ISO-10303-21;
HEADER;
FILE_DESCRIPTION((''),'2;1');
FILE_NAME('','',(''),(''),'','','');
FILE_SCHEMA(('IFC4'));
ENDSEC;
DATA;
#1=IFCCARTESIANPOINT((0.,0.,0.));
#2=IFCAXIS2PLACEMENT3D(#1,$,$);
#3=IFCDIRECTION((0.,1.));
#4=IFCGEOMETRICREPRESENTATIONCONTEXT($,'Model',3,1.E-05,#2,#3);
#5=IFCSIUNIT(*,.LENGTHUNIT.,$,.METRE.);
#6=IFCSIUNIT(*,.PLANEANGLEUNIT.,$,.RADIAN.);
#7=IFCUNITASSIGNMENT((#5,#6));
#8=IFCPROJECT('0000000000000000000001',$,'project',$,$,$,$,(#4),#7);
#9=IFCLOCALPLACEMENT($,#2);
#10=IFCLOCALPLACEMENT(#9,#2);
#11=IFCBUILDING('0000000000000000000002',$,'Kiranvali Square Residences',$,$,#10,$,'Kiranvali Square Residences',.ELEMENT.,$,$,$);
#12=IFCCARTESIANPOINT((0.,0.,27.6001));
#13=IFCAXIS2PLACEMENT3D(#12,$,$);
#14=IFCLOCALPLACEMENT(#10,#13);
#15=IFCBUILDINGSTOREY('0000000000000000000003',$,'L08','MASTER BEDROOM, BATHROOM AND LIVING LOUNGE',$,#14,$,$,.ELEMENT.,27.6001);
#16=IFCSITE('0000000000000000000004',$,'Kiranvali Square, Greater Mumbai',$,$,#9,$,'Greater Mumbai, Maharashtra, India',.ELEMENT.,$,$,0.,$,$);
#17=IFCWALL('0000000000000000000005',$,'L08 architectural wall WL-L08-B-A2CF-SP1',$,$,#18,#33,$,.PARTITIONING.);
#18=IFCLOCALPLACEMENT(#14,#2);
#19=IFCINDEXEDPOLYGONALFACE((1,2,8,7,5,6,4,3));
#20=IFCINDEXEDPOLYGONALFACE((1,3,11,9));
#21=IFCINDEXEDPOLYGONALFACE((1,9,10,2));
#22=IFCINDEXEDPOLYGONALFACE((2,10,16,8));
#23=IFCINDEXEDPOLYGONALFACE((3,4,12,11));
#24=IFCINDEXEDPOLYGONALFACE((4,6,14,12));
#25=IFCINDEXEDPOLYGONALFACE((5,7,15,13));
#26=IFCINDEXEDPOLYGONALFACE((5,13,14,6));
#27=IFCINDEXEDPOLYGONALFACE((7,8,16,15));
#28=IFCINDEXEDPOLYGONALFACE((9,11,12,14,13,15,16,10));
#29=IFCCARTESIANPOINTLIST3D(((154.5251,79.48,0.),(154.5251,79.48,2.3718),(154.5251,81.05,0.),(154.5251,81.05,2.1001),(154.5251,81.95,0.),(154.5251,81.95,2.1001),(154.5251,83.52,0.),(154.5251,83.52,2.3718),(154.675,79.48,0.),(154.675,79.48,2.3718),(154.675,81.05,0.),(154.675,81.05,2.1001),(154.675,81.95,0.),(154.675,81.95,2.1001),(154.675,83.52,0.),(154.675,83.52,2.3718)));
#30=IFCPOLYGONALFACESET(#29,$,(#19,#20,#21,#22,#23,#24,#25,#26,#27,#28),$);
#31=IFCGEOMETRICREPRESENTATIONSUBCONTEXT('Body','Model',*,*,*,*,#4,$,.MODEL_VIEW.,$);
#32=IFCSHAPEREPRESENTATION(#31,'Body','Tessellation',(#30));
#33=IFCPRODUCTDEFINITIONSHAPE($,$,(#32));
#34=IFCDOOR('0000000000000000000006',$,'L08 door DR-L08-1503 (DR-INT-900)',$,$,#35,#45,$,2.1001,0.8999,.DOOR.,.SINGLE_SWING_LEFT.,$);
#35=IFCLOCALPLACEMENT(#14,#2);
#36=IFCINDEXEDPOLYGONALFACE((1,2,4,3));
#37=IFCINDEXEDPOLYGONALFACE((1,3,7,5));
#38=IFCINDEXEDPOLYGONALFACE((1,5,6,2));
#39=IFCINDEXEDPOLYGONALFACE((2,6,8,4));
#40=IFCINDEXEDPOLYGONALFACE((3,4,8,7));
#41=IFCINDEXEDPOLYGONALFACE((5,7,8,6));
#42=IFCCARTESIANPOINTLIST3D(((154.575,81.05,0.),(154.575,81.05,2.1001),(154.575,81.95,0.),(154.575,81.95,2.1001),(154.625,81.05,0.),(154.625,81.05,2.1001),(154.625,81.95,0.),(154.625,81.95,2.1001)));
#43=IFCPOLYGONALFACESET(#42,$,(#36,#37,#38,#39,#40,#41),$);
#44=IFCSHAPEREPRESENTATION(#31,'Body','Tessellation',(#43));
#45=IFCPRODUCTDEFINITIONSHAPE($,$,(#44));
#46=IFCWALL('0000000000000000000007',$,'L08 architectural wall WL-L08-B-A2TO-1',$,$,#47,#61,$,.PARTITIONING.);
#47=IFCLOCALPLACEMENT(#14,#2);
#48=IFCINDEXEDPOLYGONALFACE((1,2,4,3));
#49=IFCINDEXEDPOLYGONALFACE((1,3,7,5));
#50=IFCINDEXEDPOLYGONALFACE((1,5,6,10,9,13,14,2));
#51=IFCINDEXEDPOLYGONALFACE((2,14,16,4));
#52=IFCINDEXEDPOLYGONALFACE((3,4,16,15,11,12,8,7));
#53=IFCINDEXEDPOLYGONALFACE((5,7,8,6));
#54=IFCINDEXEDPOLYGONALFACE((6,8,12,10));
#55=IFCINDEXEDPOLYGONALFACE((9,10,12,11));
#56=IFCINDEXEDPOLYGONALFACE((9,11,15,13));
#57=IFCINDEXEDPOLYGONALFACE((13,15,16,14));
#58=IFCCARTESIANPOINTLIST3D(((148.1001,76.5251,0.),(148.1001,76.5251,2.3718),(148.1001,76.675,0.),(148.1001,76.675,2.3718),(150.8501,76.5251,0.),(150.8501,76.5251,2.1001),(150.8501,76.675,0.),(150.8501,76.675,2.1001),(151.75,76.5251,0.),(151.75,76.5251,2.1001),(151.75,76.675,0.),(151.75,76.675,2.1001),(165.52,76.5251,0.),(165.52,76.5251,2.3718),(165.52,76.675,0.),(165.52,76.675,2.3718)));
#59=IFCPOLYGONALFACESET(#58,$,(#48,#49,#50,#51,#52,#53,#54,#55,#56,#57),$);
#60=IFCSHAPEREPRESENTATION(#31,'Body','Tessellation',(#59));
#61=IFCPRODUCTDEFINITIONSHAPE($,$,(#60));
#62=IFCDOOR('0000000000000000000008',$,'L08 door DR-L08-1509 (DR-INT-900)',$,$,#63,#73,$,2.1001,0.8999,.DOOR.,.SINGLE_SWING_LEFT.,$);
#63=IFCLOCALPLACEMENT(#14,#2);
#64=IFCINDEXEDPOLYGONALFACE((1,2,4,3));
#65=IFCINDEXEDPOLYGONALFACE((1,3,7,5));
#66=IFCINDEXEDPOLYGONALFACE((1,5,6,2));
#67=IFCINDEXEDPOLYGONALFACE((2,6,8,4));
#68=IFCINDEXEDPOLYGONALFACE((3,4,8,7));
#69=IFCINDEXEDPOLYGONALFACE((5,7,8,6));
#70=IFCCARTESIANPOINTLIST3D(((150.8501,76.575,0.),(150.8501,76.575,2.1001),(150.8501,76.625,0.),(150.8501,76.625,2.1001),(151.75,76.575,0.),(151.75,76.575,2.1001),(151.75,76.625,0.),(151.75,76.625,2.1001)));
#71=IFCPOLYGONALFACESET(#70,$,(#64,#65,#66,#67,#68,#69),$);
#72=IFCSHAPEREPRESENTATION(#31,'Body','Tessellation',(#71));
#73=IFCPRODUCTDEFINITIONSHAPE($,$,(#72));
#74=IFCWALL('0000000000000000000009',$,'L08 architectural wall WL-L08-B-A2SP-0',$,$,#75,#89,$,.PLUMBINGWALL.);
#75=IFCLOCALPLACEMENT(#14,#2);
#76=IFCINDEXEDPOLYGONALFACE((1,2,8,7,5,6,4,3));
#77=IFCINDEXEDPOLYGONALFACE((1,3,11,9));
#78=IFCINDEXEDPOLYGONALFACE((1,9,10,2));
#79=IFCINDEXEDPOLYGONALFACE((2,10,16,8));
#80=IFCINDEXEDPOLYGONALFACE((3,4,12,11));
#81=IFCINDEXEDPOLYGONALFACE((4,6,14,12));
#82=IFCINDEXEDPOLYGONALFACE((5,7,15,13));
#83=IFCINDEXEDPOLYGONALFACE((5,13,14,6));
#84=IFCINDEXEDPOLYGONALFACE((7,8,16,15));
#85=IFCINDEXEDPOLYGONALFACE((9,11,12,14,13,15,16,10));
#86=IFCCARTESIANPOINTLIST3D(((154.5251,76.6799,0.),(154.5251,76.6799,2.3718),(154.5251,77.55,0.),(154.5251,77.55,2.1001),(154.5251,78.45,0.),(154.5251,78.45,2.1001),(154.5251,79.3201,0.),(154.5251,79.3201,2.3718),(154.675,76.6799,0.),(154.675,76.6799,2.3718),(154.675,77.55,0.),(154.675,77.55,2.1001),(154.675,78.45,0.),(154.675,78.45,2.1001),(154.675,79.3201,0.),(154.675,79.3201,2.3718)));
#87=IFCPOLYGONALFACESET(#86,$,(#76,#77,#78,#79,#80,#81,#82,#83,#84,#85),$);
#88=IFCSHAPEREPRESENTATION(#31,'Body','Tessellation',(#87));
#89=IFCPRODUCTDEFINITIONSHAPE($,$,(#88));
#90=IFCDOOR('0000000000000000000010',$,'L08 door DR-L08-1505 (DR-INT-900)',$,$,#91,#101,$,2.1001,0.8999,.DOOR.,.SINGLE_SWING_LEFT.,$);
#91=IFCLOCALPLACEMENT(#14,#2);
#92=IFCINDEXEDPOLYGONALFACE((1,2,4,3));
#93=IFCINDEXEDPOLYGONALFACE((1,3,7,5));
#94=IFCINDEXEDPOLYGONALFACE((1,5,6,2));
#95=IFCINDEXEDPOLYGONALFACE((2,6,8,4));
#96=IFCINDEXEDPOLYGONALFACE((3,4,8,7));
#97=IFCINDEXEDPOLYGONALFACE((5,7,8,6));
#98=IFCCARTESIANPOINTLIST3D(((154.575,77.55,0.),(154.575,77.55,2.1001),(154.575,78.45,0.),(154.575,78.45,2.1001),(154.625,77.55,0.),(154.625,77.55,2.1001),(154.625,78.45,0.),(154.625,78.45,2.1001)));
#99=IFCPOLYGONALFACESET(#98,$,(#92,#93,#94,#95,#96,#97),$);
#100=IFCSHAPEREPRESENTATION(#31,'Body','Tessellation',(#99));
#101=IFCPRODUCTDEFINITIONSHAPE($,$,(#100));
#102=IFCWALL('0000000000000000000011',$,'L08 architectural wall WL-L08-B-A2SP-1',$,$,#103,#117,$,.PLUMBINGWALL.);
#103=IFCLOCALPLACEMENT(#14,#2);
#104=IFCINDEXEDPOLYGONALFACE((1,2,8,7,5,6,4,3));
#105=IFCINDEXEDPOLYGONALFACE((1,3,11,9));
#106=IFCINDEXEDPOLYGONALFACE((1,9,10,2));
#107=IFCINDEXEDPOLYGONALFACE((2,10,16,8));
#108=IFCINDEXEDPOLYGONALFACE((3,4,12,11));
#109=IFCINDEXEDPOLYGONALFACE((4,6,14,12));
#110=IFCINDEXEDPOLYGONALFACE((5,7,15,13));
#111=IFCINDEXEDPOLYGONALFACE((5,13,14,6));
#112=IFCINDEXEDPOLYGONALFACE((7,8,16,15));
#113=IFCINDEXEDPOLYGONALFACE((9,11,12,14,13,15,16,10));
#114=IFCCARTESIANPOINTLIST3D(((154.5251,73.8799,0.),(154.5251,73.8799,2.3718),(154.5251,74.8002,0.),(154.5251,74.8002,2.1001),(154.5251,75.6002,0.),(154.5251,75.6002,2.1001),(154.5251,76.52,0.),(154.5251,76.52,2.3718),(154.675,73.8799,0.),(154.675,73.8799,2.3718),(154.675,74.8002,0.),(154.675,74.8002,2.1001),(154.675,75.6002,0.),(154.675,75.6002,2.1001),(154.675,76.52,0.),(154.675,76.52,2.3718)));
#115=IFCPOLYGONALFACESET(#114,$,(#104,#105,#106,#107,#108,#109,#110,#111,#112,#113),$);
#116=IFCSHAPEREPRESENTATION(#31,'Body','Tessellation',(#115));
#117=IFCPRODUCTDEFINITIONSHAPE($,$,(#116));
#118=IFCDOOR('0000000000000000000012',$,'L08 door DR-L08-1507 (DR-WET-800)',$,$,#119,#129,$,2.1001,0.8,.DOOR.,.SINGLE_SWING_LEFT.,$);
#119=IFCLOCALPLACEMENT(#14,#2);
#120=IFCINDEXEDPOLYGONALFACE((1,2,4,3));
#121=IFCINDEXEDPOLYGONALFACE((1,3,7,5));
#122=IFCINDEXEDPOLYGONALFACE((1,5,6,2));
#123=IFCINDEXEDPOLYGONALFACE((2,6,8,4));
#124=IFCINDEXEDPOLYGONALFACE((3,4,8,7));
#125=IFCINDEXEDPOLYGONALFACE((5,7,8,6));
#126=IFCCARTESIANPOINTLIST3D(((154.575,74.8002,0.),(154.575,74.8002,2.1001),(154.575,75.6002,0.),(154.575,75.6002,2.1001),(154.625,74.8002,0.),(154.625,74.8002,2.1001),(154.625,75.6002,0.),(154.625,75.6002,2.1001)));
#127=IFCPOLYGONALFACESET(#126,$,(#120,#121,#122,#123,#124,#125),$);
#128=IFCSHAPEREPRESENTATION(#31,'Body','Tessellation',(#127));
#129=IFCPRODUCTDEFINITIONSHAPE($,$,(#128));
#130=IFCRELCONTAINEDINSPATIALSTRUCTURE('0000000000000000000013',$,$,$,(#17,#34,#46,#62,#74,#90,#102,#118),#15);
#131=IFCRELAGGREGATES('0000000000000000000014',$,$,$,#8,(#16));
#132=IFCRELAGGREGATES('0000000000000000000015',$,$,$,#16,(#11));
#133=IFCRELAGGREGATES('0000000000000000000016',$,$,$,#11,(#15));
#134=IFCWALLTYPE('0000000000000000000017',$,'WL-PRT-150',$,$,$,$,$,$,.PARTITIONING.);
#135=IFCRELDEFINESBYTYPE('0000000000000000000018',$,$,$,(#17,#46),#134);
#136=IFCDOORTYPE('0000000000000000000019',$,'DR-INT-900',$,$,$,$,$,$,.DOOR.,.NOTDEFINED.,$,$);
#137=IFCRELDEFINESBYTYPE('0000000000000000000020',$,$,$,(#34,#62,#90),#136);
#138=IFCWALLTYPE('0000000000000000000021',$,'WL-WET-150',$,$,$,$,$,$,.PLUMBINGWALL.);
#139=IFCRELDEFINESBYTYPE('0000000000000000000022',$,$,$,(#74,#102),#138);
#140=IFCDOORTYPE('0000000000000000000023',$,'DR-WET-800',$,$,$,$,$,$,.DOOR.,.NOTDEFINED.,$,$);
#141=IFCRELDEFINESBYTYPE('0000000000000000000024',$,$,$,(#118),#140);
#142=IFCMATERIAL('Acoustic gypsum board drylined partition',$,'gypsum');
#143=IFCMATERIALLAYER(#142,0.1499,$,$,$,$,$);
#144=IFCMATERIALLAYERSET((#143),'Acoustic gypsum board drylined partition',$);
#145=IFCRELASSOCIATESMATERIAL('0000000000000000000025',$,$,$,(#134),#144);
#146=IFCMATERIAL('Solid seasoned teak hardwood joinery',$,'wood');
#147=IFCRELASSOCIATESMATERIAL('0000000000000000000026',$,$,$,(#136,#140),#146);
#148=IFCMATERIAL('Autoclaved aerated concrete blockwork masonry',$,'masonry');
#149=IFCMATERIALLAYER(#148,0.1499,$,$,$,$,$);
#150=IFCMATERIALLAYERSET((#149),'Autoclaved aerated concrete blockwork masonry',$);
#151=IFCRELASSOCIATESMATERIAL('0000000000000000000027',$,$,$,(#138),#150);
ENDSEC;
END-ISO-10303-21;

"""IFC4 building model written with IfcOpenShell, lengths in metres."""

from ifc_helpers import new_model, si_unit, direction, frame, frame_2d, origin, place, context, subcontext, project, spatial, rectangle, extrude, material, layer, layer_set, type_object, element, fill, save


model = new_model("IFC4")

# Units and contexts
model_context = context("Model", 3, precision=1e-05, world=origin(), true_north=direction((0.0, 1.0)))
body_context = subcontext(model_context, "Body", "Model", "MODEL_VIEW")
ifc_project = project(units=[si_unit("LENGTHUNIT", "METRE"), si_unit("PLANEANGLEUNIT", "RADIAN")], contexts=[model_context])

# Site, building, storey
site_placement = place(None, origin())
site = spatial("IfcSite", under=ifc_project, at=site_placement, Name="Kiranvali Square, Greater Mumbai", LongName="Greater Mumbai, Maharashtra, India", CompositionType="ELEMENT", RefElevation=0.0)
building_placement = place(site_placement, origin())
building = spatial("IfcBuilding", under=site, at=building_placement, Name="Kiranvali Square Residences", LongName="Kiranvali Square Residences", CompositionType="ELEMENT")
storey_placement = place(building_placement, frame((0.0, 0.0, 27.6001)))
storey = spatial("IfcBuildingStorey", under=building, at=storey_placement, Name="L08", Description="MASTER BEDROOM, BATHROOM AND LIVING LOUNGE", CompositionType="ELEMENT", Elevation=27.6001)

# Shared definitions
ifc_material_1 = material(Name="Autoclaved aerated concrete blockwork masonry", Category="masonry")

# Walls, openings, doors
ifc_material_2 = material(Name="Acoustic gypsum board drylined partition", Category="gypsum")
ifc_layer_1 = layer(ifc_material_2, 0.1499)
ifc_layer_set_1 = layer_set([ifc_layer_1], Name="Acoustic gypsum board drylined partition")
wall_type_1 = type_object("IfcWallType", Name="WL-PRT-150", PredefinedType="PARTITIONING", material=ifc_layer_set_1)
wall_1_placement = place(storey_placement, frame((154.6001, 83.52, 0.0), z_axis=(0.0, 0.0, 1.0), x_axis=(0.0, -1.0, 0.0)))
wall_1 = element("IfcWall", 1, at=wall_1_placement, inside=storey, type_object=wall_type_1, Name="L08 architectural wall WL-L08-B-A2CF-SP1", PredefinedType="PARTITIONING", context=body_context, shape_type="SweptSolid", body=[
    extrude(rectangle(XDim=4.04, YDim=0.1499, at=frame_2d((2.02, 0.0))), origin(), (0.0, 0.0, 1.0), 2.3718),
])
opening_1_placement = place(wall_1_placement, frame((1.5701, 0.0, 0.0)))
opening_1 = element("IfcOpeningElement", 2, at=opening_1_placement, cuts=wall_1, PredefinedType="OPENING", context=body_context, shape_type="SweptSolid", body=[
    extrude(rectangle(XDim=0.8999, YDim=2.1001, at=frame_2d((0.45, 1.05))), frame((0.0, 0.085, 0.0), z_axis=(0.0, -1.0, 0.0), x_axis=(1.0, 0.0, 0.0)), (0.0, 0.0, 1.0), 0.1699),
])
ifc_material_3 = material(Name="Solid seasoned teak hardwood joinery", Category="wood")
door_type_1 = type_object("IfcDoorType", Name="DR-INT-900", OperationType="NOTDEFINED", PredefinedType="DOOR", material=ifc_material_3)
door_1_placement = place(opening_1_placement, origin())
door_1 = element("IfcDoor", 3, at=door_1_placement, inside=storey, type_object=door_type_1, Name="L08 door DR-L08-1503 (DR-INT-900)", OperationType="SINGLE_SWING_LEFT", OverallHeight=2.1001, OverallWidth=0.8999, PredefinedType="DOOR", context=body_context, shape_type="SweptSolid", body=[
    extrude(rectangle(XDim=0.8999, YDim=2.1001, at=frame_2d((0.45, 1.05))), frame((0.0, 0.0249, 0.0), z_axis=(0.0, -1.0, 0.0), x_axis=(1.0, 0.0, 0.0)), (0.0, 0.0, 1.0), 0.05),
])
fill(opening_1, door_1)
wall_2_placement = place(storey_placement, frame((148.1001, 76.6001, 0.0), z_axis=(0.0, 0.0, 1.0), x_axis=(1.0, 0.0, 0.0)))
wall_2 = element("IfcWall", 4, at=wall_2_placement, inside=storey, type_object=wall_type_1, Name="L08 architectural wall WL-L08-B-A2TO-1", PredefinedType="PARTITIONING", context=body_context, shape_type="SweptSolid", body=[
    extrude(rectangle(XDim=17.4199, YDim=0.1499, at=frame_2d((8.71, 0.0))), origin(), (0.0, 0.0, 1.0), 2.3718),
])
opening_2_placement = place(wall_2_placement, frame((2.75, 0.0, 0.0)))
opening_2 = element("IfcOpeningElement", 5, at=opening_2_placement, cuts=wall_2, PredefinedType="OPENING", context=body_context, shape_type="SweptSolid", body=[
    extrude(rectangle(XDim=0.8999, YDim=2.1001, at=frame_2d((0.45, 1.05))), frame((0.0, 0.085, 0.0), z_axis=(0.0, -1.0, 0.0), x_axis=(1.0, 0.0, 0.0)), (0.0, 0.0, 1.0), 0.1699),
])
door_2_placement = place(opening_2_placement, origin())
door_2 = element("IfcDoor", 6, at=door_2_placement, inside=storey, type_object=door_type_1, Name="L08 door DR-L08-1509 (DR-INT-900)", OperationType="SINGLE_SWING_LEFT", OverallHeight=2.1001, OverallWidth=0.8999, PredefinedType="DOOR", context=body_context, shape_type="SweptSolid", body=[
    extrude(rectangle(XDim=0.8999, YDim=2.1001, at=frame_2d((0.45, 1.05))), frame((0.0, 0.0249, 0.0), z_axis=(0.0, -1.0, 0.0), x_axis=(1.0, 0.0, 0.0)), (0.0, 0.0, 1.0), 0.05),
])
fill(opening_2, door_2)
ifc_layer_2 = layer(ifc_material_1, 0.1499)
ifc_layer_set_2 = layer_set([ifc_layer_2], Name="Autoclaved aerated concrete blockwork masonry")
wall_type_2 = type_object("IfcWallType", Name="WL-WET-150", PredefinedType="PLUMBINGWALL", material=ifc_layer_set_2)
wall_3_placement = place(storey_placement, frame((154.6001, 79.3201, 0.0), z_axis=(0.0, 0.0, 1.0), x_axis=(0.0, -1.0, 0.0)))
wall_3 = element("IfcWall", 7, at=wall_3_placement, inside=storey, type_object=wall_type_2, Name="L08 architectural wall WL-L08-B-A2SP-0", PredefinedType="PLUMBINGWALL", context=body_context, shape_type="SweptSolid", body=[
    extrude(rectangle(XDim=2.6401, YDim=0.1499, at=frame_2d((1.3201, 0.0))), origin(), (0.0, 0.0, 1.0), 2.3718),
])
opening_3_placement = place(wall_3_placement, frame((0.8701, 0.0, 0.0)))
opening_3 = element("IfcOpeningElement", 8, at=opening_3_placement, cuts=wall_3, PredefinedType="OPENING", context=body_context, shape_type="SweptSolid", body=[
    extrude(rectangle(XDim=0.8999, YDim=2.1001, at=frame_2d((0.45, 1.05))), frame((0.0, 0.085, 0.0), z_axis=(0.0, -1.0, 0.0), x_axis=(1.0, 0.0, 0.0)), (0.0, 0.0, 1.0), 0.1699),
])
door_3_placement = place(opening_3_placement, origin())
door_3 = element("IfcDoor", 9, at=door_3_placement, inside=storey, type_object=door_type_1, Name="L08 door DR-L08-1505 (DR-INT-900)", OperationType="SINGLE_SWING_LEFT", OverallHeight=2.1001, OverallWidth=0.8999, PredefinedType="DOOR", context=body_context, shape_type="SweptSolid", body=[
    extrude(rectangle(XDim=0.8999, YDim=2.1001, at=frame_2d((0.45, 1.05))), frame((0.0, 0.0249, 0.0), z_axis=(0.0, -1.0, 0.0), x_axis=(1.0, 0.0, 0.0)), (0.0, 0.0, 1.0), 0.05),
])
fill(opening_3, door_3)
wall_4_placement = place(storey_placement, frame((154.6001, 76.52, 0.0), z_axis=(0.0, 0.0, 1.0), x_axis=(0.0, -1.0, 0.0)))
wall_4 = element("IfcWall", 10, at=wall_4_placement, inside=storey, type_object=wall_type_2, Name="L08 architectural wall WL-L08-B-A2SP-1", PredefinedType="PLUMBINGWALL", context=body_context, shape_type="SweptSolid", body=[
    extrude(rectangle(XDim=2.6401, YDim=0.1499, at=frame_2d((1.3201, 0.0))), origin(), (0.0, 0.0, 1.0), 2.3718),
])
opening_4_placement = place(wall_4_placement, frame((0.9199, 0.0, 0.0)))
opening_4 = element("IfcOpeningElement", 11, at=opening_4_placement, cuts=wall_4, PredefinedType="OPENING", context=body_context, shape_type="SweptSolid", body=[
    extrude(rectangle(XDim=0.8, YDim=2.1001, at=frame_2d((0.3999, 1.05))), frame((0.0, 0.085, 0.0), z_axis=(0.0, -1.0, 0.0), x_axis=(1.0, 0.0, 0.0)), (0.0, 0.0, 1.0), 0.1699),
])
door_type_2 = type_object("IfcDoorType", Name="DR-WET-800", OperationType="NOTDEFINED", PredefinedType="DOOR", material=ifc_material_3)
door_4_placement = place(opening_4_placement, origin())
door_4 = element("IfcDoor", 12, at=door_4_placement, inside=storey, type_object=door_type_2, Name="L08 door DR-L08-1507 (DR-WET-800)", OperationType="SINGLE_SWING_LEFT", OverallHeight=2.1001, OverallWidth=0.8, PredefinedType="DOOR", context=body_context, shape_type="SweptSolid", body=[
    extrude(rectangle(XDim=0.8, YDim=2.1001, at=frame_2d((0.3999, 1.05))), frame((0.0, 0.0249, 0.0), z_axis=(0.0, -1.0, 0.0), x_axis=(1.0, 0.0, 0.0)), (0.0, 0.0, 1.0), 0.05),
])
fill(opening_4, door_4)

save(model, "model.ifc")
